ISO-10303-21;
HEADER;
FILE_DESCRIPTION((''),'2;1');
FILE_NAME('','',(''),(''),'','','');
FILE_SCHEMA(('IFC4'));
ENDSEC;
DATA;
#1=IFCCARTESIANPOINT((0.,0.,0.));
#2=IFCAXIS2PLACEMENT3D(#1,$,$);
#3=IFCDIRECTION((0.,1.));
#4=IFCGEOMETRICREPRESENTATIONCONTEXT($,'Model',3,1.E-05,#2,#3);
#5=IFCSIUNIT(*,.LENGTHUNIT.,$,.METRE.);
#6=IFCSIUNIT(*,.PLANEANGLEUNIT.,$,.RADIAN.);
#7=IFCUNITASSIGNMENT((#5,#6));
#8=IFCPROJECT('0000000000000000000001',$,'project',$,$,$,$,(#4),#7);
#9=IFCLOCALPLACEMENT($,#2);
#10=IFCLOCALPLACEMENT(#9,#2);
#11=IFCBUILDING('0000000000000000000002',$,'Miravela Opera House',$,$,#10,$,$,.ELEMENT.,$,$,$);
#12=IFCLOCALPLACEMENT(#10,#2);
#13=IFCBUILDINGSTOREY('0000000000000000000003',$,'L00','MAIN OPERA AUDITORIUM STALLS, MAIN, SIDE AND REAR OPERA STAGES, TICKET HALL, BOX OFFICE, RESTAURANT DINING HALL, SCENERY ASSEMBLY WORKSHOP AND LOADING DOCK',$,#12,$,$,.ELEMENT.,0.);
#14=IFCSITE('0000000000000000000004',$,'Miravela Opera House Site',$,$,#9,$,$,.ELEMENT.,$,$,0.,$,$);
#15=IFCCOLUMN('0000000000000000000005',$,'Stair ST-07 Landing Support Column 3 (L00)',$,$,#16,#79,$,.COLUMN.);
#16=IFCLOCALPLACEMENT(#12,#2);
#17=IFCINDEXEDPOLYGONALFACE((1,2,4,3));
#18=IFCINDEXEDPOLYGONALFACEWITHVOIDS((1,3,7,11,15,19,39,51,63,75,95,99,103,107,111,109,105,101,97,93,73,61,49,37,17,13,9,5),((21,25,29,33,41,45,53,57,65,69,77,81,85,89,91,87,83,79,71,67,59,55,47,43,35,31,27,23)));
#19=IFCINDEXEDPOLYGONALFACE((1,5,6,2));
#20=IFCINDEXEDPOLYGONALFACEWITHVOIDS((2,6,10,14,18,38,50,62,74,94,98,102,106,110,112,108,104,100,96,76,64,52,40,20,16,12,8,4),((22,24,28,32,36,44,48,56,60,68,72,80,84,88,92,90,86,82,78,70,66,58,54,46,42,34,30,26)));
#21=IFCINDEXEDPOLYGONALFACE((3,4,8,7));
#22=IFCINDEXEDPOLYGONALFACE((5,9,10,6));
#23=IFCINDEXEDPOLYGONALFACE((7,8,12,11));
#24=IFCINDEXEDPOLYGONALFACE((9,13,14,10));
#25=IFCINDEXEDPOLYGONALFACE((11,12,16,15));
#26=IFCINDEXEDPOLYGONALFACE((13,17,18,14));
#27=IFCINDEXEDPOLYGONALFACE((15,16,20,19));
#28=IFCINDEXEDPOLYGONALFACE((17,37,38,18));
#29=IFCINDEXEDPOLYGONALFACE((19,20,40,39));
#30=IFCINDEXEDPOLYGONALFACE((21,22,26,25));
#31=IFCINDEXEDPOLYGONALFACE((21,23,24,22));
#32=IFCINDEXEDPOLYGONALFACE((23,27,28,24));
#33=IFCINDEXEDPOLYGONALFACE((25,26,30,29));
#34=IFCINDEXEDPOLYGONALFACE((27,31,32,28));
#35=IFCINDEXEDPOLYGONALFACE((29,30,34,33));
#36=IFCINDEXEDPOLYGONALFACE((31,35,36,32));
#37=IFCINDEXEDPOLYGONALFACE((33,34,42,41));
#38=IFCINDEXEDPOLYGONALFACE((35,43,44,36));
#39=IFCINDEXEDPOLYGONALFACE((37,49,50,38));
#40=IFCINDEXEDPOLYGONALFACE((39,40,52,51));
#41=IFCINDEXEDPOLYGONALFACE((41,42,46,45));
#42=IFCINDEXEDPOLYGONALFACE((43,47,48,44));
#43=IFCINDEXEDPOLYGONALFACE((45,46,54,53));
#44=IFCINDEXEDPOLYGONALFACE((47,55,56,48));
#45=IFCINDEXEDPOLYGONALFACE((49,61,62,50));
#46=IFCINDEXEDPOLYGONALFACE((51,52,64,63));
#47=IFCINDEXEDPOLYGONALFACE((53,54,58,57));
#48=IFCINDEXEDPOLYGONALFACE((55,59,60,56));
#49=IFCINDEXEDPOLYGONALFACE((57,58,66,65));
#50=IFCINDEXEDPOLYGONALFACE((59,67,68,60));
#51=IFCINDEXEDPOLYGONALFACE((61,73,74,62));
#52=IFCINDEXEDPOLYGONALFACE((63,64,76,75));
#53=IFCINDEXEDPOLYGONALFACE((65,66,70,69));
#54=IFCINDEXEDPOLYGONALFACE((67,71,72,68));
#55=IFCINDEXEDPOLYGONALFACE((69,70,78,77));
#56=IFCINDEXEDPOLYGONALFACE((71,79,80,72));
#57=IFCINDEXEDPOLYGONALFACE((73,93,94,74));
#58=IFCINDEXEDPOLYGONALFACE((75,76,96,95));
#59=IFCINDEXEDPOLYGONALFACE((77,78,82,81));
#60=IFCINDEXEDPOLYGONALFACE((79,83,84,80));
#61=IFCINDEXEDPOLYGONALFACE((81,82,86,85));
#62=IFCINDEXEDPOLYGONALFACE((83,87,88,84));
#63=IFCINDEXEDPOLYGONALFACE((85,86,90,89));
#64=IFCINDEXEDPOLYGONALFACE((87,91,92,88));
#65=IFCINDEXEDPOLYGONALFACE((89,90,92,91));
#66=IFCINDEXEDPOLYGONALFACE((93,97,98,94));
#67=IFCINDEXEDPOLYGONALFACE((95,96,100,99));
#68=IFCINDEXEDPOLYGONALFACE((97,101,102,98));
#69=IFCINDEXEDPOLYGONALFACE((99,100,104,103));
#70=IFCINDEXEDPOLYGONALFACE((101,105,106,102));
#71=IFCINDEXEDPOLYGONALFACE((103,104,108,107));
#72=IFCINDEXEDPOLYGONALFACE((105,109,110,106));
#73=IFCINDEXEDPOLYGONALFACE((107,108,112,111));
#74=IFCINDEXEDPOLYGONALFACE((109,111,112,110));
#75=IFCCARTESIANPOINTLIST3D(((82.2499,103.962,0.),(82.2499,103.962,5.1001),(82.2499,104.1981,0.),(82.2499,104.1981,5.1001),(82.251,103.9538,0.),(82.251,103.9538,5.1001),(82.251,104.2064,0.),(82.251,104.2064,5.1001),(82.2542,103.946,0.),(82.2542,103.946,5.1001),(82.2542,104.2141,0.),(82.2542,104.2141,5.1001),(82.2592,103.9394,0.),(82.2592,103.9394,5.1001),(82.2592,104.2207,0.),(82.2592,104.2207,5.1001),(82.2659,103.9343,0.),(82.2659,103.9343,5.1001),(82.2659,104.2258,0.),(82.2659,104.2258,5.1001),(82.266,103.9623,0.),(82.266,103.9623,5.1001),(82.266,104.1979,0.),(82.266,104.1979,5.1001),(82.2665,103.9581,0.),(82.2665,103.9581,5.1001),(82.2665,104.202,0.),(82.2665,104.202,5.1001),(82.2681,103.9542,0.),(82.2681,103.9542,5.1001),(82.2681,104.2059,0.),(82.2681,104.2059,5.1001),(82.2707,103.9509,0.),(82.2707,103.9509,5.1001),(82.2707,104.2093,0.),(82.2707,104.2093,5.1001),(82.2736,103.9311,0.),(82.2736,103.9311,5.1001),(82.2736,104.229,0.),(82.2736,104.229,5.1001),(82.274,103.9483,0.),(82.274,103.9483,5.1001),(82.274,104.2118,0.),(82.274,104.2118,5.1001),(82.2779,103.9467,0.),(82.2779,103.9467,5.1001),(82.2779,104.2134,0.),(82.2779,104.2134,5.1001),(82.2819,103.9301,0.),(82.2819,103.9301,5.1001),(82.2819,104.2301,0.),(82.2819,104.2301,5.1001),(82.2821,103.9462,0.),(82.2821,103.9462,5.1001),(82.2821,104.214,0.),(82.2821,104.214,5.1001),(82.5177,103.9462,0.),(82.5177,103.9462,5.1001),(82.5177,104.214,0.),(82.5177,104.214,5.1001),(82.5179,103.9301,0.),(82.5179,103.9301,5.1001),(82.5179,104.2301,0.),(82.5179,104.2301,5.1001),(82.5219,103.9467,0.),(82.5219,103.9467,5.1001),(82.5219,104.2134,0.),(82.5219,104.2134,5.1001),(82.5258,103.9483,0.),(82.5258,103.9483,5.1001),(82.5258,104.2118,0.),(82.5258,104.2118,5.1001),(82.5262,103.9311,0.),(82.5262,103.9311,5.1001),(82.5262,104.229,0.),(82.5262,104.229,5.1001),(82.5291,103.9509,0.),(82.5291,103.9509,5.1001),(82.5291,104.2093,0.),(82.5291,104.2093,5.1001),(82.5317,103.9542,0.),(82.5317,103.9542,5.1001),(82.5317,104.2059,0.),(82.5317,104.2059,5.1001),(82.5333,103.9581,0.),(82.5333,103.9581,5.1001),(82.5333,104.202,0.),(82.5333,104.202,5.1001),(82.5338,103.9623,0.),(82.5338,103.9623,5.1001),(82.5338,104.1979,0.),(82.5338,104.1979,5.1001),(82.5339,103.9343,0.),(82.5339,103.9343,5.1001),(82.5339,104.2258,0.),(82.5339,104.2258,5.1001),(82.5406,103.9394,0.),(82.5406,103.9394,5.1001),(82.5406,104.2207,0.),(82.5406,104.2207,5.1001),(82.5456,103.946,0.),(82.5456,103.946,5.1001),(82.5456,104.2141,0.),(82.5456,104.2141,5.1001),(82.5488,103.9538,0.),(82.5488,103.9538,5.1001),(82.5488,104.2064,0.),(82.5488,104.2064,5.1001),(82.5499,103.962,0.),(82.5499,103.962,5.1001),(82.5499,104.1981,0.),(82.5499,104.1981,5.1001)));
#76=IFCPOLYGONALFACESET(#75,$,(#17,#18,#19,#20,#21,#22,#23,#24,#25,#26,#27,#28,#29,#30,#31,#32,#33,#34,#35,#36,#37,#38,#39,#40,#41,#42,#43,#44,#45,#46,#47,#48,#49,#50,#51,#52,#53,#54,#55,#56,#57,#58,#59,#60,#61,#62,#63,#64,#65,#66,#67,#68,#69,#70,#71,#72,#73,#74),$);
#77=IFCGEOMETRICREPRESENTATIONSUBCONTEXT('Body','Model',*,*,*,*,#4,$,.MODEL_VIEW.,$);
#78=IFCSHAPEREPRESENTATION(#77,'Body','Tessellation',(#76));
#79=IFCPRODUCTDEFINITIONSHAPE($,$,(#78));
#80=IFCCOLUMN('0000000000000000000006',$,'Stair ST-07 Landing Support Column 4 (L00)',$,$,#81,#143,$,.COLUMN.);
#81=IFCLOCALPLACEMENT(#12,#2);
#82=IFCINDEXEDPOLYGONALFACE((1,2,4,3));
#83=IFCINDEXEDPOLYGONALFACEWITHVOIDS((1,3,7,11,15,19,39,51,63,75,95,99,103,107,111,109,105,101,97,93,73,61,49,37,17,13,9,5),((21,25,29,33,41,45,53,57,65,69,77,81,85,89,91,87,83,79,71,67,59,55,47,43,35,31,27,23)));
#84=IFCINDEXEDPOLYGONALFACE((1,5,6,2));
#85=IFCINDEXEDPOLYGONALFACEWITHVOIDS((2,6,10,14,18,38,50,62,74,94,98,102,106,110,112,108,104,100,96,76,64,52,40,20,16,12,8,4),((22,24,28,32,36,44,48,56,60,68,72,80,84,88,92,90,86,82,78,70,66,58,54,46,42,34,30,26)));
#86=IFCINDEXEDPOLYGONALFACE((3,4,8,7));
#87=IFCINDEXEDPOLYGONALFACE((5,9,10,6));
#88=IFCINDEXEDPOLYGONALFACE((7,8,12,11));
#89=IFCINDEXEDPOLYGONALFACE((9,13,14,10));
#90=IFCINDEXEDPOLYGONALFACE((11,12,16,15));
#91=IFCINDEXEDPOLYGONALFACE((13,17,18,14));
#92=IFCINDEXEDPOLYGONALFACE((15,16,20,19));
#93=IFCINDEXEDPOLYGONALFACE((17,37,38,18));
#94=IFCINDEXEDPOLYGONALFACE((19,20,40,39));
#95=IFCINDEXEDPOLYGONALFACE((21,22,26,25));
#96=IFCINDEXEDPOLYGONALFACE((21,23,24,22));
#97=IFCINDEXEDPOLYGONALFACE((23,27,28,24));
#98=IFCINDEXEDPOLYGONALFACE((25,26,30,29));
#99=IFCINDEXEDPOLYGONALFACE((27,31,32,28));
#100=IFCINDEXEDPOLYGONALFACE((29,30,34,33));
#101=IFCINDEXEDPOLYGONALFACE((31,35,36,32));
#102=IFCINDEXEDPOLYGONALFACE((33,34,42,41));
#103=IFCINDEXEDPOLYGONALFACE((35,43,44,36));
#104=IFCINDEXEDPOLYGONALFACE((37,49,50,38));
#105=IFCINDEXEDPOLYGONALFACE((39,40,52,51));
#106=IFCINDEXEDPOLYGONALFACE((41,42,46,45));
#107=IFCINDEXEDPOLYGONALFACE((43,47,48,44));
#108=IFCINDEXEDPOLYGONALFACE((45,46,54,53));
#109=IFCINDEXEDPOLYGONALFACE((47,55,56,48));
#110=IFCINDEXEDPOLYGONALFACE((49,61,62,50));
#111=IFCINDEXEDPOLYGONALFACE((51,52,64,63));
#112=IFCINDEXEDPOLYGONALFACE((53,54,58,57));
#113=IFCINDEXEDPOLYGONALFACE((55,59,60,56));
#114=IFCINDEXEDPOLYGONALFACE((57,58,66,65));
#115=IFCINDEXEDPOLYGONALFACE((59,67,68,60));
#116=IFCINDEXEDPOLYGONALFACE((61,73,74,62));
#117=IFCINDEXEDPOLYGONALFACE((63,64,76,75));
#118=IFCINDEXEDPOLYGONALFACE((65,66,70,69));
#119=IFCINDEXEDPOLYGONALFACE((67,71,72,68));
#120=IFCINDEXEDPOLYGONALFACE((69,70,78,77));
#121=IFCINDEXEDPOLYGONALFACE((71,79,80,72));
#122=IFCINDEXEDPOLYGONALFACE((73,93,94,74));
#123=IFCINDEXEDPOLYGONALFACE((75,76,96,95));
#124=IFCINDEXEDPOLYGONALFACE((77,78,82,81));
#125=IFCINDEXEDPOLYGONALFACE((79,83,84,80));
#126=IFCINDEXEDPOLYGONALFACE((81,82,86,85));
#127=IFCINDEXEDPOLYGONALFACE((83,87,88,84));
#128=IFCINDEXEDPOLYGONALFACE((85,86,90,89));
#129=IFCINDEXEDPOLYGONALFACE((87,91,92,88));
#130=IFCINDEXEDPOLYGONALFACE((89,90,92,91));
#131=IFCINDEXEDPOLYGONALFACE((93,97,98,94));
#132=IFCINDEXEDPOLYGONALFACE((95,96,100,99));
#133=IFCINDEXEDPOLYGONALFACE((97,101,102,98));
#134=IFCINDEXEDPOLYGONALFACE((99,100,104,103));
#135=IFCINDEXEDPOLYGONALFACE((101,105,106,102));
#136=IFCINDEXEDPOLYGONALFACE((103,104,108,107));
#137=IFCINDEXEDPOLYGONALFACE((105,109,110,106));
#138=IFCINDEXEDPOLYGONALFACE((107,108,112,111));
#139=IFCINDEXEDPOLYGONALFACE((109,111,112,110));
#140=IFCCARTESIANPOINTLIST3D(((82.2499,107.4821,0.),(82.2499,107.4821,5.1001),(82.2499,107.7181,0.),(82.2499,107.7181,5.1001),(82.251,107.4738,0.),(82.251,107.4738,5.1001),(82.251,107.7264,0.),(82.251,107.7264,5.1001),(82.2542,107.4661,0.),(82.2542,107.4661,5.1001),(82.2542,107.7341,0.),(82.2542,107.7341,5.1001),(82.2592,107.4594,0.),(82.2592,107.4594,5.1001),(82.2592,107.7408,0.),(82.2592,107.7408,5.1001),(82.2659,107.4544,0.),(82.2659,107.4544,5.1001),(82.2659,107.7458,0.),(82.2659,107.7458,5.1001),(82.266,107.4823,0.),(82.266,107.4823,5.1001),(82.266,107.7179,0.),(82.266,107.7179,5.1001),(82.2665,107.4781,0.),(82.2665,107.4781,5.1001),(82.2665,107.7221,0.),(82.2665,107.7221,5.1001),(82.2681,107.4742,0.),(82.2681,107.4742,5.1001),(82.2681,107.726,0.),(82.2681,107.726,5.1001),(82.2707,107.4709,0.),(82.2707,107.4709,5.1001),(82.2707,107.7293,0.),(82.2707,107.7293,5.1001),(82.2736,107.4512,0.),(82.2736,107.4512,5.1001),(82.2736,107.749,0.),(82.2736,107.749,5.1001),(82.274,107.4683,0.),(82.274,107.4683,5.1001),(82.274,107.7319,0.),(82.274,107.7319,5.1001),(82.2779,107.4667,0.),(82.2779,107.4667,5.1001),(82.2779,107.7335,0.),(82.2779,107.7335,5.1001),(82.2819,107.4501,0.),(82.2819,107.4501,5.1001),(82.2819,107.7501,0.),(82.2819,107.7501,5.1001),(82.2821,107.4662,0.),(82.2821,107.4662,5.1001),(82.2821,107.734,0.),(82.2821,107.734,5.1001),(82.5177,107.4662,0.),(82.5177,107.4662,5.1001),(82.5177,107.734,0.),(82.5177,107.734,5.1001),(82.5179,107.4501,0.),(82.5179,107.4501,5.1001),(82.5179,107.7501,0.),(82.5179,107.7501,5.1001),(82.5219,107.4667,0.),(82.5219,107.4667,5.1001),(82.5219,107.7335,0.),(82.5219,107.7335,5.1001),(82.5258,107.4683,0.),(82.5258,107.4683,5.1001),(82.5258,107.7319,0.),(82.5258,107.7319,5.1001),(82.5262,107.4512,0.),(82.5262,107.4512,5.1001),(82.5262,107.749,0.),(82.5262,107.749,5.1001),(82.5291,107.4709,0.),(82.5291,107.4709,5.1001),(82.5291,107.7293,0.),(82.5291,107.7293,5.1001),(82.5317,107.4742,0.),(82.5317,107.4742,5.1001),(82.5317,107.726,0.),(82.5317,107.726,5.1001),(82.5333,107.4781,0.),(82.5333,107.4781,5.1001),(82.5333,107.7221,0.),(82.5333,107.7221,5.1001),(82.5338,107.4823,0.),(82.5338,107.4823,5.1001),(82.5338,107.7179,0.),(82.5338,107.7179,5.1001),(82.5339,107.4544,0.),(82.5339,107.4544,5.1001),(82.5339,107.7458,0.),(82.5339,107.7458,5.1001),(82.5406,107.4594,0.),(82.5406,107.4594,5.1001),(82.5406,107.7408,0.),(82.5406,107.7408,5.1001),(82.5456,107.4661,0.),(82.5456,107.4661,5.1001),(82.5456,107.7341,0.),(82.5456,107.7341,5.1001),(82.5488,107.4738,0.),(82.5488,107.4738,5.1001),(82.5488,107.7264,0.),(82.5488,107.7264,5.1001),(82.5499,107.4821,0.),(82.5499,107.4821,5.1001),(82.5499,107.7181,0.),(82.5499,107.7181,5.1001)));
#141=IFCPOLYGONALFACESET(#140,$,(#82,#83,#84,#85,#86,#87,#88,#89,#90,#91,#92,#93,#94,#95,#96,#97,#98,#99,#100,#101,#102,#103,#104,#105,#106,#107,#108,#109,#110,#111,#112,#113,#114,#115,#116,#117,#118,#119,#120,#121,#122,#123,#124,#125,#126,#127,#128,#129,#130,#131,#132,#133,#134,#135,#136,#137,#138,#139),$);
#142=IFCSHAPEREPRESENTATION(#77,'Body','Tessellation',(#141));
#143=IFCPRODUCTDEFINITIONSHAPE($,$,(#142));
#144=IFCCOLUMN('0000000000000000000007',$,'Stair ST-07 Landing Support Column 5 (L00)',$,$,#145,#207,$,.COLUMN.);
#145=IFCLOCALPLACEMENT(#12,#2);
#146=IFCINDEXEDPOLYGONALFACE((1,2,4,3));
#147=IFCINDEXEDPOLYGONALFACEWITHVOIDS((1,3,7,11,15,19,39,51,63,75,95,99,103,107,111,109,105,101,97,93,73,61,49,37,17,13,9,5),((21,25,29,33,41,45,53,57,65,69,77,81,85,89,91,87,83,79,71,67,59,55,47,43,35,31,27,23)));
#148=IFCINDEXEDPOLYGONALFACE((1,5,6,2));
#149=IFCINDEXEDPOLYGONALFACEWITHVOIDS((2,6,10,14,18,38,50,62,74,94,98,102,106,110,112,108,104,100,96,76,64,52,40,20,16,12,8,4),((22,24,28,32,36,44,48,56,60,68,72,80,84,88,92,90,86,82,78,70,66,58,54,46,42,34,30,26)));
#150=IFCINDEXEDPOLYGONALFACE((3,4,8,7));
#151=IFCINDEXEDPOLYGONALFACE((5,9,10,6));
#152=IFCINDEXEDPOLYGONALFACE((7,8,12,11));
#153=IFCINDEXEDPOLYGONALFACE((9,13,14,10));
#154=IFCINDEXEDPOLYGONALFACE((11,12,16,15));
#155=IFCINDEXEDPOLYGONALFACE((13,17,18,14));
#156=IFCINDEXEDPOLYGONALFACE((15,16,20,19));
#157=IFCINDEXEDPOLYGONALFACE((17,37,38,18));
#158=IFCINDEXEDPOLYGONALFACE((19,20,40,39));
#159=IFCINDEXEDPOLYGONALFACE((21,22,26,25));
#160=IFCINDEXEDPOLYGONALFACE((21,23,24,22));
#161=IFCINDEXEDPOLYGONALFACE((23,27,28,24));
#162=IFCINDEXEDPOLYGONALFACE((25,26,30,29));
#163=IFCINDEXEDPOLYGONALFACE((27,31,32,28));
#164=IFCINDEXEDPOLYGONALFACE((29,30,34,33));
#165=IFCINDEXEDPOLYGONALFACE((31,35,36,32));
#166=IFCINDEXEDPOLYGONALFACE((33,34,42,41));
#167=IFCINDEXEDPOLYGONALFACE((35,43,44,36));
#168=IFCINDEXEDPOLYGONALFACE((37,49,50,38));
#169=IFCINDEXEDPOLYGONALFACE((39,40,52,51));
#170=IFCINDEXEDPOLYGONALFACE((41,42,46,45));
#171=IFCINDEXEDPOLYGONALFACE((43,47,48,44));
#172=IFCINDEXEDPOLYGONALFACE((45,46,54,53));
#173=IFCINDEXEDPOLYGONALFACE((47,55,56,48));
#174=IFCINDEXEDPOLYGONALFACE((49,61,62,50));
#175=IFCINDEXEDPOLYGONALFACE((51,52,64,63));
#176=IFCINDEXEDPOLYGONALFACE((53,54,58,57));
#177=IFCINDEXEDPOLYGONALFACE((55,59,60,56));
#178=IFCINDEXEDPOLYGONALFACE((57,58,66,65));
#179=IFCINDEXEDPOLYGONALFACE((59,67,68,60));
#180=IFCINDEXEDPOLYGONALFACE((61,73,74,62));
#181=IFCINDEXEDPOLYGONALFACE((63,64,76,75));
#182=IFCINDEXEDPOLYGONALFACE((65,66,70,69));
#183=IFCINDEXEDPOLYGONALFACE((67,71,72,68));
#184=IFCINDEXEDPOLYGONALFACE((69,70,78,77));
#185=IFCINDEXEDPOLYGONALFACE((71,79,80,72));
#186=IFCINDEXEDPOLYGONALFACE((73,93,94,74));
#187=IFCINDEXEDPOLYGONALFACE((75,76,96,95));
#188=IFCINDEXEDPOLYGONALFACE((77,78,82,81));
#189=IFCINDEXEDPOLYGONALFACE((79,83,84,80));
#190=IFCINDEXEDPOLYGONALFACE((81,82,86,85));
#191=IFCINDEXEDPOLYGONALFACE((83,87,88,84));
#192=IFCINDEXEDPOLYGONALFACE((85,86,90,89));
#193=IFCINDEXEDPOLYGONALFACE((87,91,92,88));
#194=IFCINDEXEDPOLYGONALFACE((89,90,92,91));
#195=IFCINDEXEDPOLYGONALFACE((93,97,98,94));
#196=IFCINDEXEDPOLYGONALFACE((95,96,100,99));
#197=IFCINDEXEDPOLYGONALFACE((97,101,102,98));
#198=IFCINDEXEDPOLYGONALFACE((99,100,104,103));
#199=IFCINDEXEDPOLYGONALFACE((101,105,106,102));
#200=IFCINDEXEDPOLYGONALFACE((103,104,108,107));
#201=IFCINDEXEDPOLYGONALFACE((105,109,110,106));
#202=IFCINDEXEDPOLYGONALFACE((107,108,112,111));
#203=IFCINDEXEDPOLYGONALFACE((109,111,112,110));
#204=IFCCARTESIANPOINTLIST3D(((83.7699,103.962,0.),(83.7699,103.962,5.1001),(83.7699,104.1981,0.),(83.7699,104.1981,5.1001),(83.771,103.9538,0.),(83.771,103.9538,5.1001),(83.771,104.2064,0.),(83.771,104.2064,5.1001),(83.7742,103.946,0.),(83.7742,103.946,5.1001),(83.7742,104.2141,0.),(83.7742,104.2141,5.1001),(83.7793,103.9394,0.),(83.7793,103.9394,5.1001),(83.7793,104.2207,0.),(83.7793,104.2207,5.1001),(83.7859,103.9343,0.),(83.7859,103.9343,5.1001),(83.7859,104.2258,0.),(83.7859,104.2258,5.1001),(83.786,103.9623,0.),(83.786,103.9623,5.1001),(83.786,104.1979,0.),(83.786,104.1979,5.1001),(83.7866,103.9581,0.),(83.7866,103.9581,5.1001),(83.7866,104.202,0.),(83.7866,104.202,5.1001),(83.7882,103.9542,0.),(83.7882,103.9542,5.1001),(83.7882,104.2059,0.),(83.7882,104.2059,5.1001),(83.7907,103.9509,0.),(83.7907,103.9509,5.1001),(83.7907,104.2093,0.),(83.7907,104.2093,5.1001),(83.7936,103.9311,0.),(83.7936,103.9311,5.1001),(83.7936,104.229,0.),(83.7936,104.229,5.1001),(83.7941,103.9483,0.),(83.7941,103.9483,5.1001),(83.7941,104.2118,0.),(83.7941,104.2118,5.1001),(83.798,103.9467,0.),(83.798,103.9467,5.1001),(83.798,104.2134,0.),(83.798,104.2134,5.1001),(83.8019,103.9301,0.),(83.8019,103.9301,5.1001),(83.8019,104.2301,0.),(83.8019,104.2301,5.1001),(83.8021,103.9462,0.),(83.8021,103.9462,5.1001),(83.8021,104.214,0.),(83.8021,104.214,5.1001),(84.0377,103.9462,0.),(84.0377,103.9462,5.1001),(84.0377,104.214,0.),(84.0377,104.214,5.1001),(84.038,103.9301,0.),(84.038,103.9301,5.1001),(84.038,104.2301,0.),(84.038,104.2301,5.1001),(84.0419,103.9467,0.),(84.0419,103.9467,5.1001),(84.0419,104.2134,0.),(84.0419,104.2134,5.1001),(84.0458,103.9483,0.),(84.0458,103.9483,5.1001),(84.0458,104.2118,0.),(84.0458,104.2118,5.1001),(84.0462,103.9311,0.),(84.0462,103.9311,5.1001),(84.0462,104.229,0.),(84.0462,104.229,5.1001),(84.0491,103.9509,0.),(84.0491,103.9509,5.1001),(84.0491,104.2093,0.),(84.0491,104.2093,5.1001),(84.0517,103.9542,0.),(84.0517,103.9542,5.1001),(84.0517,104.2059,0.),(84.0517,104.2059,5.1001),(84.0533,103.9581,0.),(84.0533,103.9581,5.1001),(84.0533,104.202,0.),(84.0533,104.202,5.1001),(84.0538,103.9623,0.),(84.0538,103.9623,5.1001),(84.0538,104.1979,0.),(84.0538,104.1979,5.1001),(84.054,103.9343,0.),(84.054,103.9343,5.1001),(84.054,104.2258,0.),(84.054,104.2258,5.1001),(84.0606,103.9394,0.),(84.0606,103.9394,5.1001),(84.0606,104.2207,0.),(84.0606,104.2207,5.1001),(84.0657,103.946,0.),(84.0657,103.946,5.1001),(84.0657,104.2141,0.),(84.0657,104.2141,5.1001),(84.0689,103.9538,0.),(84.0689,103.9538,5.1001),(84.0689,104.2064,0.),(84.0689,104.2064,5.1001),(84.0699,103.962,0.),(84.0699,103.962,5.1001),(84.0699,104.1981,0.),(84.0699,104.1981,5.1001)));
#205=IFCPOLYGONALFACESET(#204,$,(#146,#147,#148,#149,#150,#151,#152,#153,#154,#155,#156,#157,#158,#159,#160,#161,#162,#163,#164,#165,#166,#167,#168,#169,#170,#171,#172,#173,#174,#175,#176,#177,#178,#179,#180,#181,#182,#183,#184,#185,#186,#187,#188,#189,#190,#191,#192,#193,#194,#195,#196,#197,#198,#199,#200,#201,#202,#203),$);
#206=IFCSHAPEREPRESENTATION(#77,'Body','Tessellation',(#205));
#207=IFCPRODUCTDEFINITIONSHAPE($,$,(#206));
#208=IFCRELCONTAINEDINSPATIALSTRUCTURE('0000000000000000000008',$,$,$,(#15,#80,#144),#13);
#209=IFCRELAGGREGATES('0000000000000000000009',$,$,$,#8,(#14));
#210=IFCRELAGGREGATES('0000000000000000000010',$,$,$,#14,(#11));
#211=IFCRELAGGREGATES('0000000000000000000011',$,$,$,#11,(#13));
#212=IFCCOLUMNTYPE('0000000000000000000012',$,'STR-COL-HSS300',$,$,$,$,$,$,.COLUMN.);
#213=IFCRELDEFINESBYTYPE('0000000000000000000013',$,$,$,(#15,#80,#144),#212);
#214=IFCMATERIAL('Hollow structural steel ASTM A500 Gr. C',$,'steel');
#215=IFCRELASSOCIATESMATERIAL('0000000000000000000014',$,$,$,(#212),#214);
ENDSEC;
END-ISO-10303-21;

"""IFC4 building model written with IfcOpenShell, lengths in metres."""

from ifc_helpers import new_model, si_unit, direction, frame, origin, origin_2d, place, context, subcontext, project, spatial, hollow_rectangle, extrude, material, material_profile, profile_set, type_object, element, save


model = new_model("IFC4")

# Units and contexts
model_context = context("Model", 3, precision=1e-05, world=origin(), true_north=direction((0.0, 1.0)))
body_context = subcontext(model_context, "Body", "Model", "MODEL_VIEW")
ifc_project = project(units=[si_unit("LENGTHUNIT", "METRE"), si_unit("PLANEANGLEUNIT", "RADIAN")], contexts=[model_context])

# Site, building, storey
site_placement = place(None, origin())
site = spatial("IfcSite", under=ifc_project, at=site_placement, Name="Miravela Opera House Site", CompositionType="ELEMENT", RefElevation=0.0)
building_placement = place(site_placement, origin())
building = spatial("IfcBuilding", under=site, at=building_placement, Name="Miravela Opera House", CompositionType="ELEMENT")
storey_placement = place(building_placement, origin())
storey = spatial("IfcBuildingStorey", under=building, at=storey_placement, Name="L00", Description="MAIN OPERA AUDITORIUM STALLS, MAIN, SIDE AND REAR OPERA STAGES, TICKET HALL, BOX OFFICE, RESTAURANT DINING HALL, SCENERY ASSEMBLY WORKSHOP AND LOADING DOCK", CompositionType="ELEMENT", Elevation=0.0)

# Columns
ifc_material_1 = material(Name="Hollow structural steel ASTM A500 Gr. C", Category="steel")
ifc_material_profile_1 = material_profile(ifc_material_1, hollow_rectangle(XDim=0.3, YDim=0.3, WallThickness=0.0161, InnerFilletRadius=0.0161, OuterFilletRadius=0.032, at=origin_2d()), Name="HSS300X300X16")
ifc_profile_set_1 = profile_set([ifc_material_profile_1])
column_type_1 = type_object("IfcColumnType", Name="STR-COL-HSS300", PredefinedType="COLUMN", material=ifc_profile_set_1)
for number, where, z_axis, x_axis, name in (
    (1, (82.3999, 104.0801, 0.0), (0.0, 0.0, 1.0), (1.0, 0.0, 0.0), "Stair ST-07 Landing Support Column 3 (L00)"),
    (2, (82.3999, 107.6001, 0.0), (0.0, 0.0, 1.0), (1.0, 0.0, 0.0), "Stair ST-07 Landing Support Column 4 (L00)"),
    (3, (83.9199, 104.0801, 0.0), (0.0, 0.0, 1.0), (1.0, 0.0, 0.0), "Stair ST-07 Landing Support Column 5 (L00)"),
):
    element("IfcColumn", number, at=place(storey_placement, frame(where, z_axis=z_axis, x_axis=x_axis)), inside=storey, type_object=column_type_1, Name=name, PredefinedType="COLUMN", context=body_context, shape_type="SweptSolid", body=[
        extrude(hollow_rectangle(XDim=0.3, YDim=0.3, WallThickness=0.0161, InnerFilletRadius=0.0161, OuterFilletRadius=0.032, at=origin_2d()), origin(), (0.0, 0.0, 1.0), 5.1001),
    ])

save(model, "model.ifc")
